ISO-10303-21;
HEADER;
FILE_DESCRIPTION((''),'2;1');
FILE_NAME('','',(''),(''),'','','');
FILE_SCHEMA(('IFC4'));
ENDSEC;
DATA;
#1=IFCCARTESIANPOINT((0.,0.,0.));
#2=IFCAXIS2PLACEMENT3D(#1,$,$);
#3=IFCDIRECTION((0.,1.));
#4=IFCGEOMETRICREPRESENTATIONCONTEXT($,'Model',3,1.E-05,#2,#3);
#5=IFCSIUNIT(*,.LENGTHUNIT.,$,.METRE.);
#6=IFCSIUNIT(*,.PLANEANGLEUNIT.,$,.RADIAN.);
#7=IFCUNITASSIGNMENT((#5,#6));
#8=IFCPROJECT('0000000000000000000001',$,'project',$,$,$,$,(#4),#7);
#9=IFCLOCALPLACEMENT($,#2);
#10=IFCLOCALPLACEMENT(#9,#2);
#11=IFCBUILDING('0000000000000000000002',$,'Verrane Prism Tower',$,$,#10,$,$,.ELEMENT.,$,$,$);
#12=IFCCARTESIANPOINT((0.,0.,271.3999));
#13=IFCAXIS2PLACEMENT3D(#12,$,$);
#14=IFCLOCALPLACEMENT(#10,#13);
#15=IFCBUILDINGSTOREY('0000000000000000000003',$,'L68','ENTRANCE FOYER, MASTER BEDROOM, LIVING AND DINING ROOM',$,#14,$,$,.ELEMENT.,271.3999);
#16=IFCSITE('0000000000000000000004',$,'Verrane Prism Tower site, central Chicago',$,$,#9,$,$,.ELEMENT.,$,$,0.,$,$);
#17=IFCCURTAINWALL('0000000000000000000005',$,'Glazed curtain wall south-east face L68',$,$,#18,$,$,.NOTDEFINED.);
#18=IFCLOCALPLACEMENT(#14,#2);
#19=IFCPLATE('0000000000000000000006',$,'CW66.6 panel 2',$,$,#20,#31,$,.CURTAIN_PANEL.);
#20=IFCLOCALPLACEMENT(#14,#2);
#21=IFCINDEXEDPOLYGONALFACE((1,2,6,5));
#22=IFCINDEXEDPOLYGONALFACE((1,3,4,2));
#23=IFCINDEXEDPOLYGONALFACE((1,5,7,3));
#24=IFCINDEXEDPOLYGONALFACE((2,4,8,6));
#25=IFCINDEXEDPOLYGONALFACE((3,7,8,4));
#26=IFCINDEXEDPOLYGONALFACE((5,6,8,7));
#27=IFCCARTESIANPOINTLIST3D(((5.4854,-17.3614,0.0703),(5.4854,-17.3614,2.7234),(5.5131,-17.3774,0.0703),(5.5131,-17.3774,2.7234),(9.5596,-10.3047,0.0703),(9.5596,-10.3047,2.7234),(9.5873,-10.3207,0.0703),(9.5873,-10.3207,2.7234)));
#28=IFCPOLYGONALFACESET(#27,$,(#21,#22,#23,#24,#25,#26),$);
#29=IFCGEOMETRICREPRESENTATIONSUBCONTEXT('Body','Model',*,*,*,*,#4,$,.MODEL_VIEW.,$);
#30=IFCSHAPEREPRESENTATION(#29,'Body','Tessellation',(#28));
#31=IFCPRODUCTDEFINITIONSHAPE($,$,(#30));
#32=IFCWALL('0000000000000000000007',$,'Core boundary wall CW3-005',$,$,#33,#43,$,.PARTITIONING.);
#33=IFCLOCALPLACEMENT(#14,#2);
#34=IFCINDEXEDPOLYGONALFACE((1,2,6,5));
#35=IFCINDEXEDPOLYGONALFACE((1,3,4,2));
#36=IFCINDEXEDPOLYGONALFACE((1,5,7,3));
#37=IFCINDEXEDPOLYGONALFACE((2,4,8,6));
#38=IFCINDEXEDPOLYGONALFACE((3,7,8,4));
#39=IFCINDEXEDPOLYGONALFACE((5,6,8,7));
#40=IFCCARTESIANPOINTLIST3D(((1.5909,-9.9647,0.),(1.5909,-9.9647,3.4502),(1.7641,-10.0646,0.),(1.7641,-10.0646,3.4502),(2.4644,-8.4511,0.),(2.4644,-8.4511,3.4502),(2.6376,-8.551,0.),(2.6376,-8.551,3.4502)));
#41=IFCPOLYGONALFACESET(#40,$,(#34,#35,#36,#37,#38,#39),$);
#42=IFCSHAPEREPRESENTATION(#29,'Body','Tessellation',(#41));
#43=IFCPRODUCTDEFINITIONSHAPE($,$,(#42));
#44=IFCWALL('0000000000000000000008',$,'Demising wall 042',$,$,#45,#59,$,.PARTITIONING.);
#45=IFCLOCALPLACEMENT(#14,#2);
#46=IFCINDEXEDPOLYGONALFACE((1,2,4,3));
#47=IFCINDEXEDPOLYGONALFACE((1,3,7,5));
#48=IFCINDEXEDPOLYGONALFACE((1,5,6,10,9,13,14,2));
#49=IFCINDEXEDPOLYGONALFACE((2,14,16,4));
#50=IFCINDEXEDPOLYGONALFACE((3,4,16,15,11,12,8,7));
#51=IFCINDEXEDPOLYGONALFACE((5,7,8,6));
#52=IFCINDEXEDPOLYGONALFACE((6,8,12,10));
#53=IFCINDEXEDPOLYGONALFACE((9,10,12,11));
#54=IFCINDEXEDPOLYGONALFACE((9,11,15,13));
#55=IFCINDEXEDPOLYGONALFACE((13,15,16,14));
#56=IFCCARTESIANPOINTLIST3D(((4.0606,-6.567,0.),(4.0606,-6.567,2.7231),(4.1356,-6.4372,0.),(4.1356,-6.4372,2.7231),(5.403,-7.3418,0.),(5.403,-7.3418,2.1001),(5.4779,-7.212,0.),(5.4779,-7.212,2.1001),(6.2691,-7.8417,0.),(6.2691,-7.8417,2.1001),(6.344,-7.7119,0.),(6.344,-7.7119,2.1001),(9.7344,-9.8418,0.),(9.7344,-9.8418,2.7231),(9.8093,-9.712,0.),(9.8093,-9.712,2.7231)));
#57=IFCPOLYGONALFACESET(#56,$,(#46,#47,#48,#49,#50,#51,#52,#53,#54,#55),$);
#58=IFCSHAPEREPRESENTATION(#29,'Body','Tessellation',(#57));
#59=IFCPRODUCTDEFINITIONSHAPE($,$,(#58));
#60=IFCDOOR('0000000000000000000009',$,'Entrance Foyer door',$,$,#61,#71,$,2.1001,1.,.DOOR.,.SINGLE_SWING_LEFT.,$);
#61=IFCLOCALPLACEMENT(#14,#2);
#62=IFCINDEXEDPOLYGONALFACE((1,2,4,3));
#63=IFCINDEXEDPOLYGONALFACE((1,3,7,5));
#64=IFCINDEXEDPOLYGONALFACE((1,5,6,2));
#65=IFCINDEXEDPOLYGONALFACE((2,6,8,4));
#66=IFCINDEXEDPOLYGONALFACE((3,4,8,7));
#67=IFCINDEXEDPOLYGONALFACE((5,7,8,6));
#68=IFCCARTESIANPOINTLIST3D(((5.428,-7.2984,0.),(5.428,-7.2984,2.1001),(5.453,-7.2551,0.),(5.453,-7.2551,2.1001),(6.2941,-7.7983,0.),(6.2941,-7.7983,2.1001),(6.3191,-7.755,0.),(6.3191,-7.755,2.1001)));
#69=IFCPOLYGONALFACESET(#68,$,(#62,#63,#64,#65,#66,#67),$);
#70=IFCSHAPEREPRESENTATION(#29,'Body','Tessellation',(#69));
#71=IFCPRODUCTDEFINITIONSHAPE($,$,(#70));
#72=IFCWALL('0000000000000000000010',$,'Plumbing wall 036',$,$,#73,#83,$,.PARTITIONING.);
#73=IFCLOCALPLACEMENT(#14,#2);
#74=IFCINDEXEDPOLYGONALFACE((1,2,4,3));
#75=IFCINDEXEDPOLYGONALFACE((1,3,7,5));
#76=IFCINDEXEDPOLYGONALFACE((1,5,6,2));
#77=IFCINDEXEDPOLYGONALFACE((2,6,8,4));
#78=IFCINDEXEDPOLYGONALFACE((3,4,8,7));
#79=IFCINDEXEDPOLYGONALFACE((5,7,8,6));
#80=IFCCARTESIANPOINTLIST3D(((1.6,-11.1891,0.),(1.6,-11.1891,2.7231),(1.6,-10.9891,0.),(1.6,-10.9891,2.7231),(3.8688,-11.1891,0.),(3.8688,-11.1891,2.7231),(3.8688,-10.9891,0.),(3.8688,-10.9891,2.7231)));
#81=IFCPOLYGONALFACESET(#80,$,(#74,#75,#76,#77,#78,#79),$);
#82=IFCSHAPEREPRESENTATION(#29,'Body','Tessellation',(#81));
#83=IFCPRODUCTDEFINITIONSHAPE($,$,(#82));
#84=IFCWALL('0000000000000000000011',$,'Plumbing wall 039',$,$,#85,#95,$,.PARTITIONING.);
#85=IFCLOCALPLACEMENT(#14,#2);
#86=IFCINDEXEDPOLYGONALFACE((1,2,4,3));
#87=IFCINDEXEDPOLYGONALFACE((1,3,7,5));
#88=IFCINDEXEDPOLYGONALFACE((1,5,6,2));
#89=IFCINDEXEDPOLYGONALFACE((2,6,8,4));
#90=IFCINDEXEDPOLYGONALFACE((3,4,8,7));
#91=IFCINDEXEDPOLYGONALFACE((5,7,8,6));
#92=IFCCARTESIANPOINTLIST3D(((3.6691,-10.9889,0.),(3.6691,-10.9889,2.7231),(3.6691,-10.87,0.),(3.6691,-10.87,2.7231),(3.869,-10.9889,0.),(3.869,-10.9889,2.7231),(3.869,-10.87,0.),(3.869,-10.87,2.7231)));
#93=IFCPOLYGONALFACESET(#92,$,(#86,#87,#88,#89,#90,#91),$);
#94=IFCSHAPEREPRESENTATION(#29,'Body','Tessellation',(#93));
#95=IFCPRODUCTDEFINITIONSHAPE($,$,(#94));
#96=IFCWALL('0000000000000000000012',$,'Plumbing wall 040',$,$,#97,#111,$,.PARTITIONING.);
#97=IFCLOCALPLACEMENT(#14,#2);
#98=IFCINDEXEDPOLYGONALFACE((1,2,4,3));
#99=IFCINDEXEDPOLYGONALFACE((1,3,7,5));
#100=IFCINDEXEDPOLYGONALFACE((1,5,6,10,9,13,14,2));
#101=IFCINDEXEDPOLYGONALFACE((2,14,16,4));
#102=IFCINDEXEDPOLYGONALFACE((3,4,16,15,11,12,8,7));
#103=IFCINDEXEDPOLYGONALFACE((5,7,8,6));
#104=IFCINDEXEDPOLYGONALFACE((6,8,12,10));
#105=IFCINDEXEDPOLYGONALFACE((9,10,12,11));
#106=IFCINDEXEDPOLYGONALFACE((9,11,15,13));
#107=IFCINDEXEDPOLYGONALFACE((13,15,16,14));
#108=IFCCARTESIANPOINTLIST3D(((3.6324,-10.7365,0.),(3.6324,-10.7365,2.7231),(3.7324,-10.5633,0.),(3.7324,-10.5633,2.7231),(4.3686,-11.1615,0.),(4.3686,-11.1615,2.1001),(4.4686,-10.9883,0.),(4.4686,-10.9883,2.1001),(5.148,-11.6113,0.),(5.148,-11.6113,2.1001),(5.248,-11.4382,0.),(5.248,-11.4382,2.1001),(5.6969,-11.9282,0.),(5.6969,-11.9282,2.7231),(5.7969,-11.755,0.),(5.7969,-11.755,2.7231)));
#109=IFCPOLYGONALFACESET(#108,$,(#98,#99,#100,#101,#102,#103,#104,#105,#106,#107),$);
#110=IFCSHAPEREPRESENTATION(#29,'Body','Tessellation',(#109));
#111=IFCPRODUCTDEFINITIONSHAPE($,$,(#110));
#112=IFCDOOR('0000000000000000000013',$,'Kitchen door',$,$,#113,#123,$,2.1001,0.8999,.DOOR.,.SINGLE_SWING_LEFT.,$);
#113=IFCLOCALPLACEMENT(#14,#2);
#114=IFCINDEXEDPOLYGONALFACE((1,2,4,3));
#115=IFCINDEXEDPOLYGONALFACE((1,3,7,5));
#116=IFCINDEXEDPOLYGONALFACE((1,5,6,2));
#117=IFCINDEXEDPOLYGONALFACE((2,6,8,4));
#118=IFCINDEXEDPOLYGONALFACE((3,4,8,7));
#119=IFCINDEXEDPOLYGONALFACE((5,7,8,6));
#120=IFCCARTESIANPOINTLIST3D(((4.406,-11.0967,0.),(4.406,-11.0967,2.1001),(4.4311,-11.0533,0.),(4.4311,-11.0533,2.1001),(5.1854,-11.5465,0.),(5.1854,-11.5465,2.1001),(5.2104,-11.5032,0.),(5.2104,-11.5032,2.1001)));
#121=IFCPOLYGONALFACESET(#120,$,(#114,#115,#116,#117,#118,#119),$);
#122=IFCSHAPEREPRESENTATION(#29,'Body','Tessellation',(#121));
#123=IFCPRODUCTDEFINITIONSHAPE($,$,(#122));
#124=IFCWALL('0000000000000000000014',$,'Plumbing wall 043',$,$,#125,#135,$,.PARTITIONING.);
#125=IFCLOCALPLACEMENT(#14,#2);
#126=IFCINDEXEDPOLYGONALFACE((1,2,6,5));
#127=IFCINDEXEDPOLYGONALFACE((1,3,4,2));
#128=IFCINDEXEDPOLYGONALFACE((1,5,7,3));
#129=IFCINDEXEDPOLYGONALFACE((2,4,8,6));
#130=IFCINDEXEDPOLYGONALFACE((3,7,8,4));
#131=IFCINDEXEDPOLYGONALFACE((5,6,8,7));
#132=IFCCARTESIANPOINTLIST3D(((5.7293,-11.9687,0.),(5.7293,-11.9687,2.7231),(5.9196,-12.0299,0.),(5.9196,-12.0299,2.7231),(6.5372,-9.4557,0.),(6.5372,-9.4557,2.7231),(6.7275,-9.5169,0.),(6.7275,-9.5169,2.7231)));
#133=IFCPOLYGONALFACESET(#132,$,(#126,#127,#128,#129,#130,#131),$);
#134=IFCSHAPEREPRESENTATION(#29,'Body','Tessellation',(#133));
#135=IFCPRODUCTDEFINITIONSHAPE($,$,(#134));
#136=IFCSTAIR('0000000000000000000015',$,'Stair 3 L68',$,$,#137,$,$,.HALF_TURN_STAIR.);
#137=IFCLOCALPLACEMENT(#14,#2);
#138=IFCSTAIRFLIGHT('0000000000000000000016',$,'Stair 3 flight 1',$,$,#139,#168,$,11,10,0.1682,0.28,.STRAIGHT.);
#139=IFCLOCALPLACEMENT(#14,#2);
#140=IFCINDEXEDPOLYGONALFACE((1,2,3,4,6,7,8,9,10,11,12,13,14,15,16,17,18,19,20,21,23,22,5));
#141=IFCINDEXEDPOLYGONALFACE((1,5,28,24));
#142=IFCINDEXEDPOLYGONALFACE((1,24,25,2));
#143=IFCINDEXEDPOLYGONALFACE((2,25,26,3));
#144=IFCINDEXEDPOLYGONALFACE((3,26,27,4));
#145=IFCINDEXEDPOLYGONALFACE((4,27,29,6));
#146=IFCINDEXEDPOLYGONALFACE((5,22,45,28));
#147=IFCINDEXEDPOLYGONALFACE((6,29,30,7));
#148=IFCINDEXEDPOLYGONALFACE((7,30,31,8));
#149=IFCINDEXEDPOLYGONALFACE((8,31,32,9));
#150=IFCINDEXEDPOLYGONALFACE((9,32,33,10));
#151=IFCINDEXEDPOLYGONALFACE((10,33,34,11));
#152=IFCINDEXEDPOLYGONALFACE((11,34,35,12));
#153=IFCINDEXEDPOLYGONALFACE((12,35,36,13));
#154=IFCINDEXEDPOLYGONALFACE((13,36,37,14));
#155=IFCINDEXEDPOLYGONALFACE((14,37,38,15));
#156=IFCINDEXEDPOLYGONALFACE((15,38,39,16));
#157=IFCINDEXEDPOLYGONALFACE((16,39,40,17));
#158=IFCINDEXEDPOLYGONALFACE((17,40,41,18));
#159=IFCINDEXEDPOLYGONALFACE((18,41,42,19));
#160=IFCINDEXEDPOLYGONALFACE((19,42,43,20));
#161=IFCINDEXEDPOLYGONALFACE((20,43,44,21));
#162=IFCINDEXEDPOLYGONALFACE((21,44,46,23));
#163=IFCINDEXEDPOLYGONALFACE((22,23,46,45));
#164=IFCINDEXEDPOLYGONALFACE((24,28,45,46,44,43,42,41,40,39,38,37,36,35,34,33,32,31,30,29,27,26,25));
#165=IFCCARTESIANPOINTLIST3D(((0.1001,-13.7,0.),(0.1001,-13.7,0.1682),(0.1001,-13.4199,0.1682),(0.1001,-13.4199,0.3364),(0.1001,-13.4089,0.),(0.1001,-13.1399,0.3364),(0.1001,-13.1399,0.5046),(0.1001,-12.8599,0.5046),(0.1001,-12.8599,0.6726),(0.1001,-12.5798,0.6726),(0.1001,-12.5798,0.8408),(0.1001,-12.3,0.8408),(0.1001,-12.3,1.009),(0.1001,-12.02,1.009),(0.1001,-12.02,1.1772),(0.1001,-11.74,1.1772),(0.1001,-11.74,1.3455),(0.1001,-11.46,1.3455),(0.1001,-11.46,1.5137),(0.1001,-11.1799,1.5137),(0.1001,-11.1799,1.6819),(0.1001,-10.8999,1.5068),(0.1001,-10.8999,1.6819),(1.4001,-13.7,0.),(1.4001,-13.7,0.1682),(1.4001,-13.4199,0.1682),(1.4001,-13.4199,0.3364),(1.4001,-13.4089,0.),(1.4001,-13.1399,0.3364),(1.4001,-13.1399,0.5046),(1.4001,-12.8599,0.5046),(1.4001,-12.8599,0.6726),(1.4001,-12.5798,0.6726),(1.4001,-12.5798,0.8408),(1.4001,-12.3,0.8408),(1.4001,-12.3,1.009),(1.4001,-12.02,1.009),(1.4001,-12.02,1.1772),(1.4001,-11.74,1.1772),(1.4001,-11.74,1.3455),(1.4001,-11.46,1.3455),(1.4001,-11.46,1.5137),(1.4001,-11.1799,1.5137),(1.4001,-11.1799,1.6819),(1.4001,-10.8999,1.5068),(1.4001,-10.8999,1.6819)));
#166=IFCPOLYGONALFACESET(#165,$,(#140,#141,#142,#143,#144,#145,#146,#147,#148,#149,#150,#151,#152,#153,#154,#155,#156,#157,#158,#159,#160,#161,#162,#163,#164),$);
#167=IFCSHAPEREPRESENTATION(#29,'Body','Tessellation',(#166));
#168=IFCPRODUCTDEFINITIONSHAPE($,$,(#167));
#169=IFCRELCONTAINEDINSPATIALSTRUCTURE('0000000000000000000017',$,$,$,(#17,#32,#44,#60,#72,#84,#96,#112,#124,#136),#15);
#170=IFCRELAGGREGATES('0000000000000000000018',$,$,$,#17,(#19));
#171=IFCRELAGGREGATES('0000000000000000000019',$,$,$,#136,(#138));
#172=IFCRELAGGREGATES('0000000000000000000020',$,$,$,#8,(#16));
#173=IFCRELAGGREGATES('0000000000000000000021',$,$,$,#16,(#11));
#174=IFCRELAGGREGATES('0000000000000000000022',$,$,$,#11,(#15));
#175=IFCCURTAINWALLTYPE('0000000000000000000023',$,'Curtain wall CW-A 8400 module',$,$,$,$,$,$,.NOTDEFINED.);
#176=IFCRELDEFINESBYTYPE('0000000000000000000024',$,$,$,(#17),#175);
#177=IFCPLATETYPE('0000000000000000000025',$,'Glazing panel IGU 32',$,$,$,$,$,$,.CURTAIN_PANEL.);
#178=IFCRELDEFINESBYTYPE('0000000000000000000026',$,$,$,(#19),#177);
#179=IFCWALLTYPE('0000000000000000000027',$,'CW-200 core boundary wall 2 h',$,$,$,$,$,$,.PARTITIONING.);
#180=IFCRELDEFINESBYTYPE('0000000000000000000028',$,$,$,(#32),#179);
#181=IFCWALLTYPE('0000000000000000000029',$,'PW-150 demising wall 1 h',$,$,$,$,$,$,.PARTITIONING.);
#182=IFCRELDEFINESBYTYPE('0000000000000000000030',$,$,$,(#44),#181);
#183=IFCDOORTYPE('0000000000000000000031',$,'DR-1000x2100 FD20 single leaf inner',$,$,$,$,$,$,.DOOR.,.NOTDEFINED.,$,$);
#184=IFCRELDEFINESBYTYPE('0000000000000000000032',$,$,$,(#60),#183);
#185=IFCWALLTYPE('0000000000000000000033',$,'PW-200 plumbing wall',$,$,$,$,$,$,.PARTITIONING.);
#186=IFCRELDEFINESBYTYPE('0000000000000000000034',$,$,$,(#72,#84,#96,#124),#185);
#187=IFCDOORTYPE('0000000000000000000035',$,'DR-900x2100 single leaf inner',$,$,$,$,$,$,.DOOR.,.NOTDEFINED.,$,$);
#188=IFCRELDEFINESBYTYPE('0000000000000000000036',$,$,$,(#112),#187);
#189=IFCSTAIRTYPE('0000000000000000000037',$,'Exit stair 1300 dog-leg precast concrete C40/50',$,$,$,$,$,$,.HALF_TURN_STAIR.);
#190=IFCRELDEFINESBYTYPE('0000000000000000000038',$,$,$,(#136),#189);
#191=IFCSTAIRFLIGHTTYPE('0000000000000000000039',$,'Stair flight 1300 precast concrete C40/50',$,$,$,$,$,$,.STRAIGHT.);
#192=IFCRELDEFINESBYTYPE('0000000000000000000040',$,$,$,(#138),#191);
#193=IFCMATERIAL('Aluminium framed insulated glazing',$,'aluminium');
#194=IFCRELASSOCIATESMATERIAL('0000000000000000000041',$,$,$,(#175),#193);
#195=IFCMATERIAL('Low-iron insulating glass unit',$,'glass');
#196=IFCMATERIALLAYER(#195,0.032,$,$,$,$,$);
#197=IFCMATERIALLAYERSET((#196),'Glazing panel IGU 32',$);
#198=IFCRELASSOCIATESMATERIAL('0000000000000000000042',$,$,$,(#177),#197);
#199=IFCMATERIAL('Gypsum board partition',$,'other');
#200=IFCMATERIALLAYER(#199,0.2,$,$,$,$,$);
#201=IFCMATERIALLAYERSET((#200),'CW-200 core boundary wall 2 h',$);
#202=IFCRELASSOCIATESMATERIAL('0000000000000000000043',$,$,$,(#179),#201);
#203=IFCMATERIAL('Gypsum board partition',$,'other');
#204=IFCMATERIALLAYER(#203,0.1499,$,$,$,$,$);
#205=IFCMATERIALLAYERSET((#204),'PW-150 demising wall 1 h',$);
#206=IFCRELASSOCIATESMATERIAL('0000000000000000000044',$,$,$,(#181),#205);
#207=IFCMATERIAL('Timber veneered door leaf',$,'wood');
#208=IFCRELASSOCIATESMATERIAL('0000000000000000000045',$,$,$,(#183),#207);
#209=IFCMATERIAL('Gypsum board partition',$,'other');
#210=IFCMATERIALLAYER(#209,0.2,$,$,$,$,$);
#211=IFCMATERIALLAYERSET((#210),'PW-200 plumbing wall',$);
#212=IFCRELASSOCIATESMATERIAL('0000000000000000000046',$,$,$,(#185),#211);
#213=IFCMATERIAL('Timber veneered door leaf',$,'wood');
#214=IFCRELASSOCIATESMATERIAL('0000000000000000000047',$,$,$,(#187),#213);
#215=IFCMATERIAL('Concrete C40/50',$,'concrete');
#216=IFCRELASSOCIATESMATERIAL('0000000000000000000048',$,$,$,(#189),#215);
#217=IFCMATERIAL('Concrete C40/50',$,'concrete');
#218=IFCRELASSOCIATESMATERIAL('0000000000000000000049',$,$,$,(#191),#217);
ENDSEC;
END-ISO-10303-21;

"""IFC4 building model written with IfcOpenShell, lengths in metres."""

from ifc_helpers import new_model, si_unit, direction, frame, frame_2d, origin, origin_2d, place, context, subcontext, project, spatial, polyline, rectangle, outline, extrude, material, layer, layer_set, type_object, element, fill, aggregate, save


model = new_model("IFC4")

# Units and contexts
model_context = context("Model", 3, precision=1e-05, world=origin(), true_north=direction((0.0, 1.0)))
body_context = subcontext(model_context, "Body", "Model", "MODEL_VIEW")
ifc_project = project(units=[si_unit("LENGTHUNIT", "METRE"), si_unit("PLANEANGLEUNIT", "RADIAN")], contexts=[model_context])

# Site, building, storey
site_placement = place(None, origin())
site = spatial("IfcSite", under=ifc_project, at=site_placement, Name="Verrane Prism Tower site, central Chicago", CompositionType="ELEMENT", RefElevation=0.0)
building_placement = place(site_placement, origin())
building = spatial("IfcBuilding", under=site, at=building_placement, Name="Verrane Prism Tower", CompositionType="ELEMENT")
storey_placement = place(building_placement, frame((0.0, 0.0, 271.3999)))
storey = spatial("IfcBuildingStorey", under=building, at=storey_placement, Name="L68", Description="ENTRANCE FOYER, MASTER BEDROOM, LIVING AND DINING ROOM", CompositionType="ELEMENT", Elevation=271.3999)

# Curtain wall
ifc_material_1 = material(Name="Aluminium framed insulated glazing", Category="aluminium")
curtain_wall_type = type_object("IfcCurtainWallType", Name="Curtain wall CW-A 8400 module", PredefinedType="NOTDEFINED", material=ifc_material_1)
curtain_wall_placement = place(storey_placement, origin())
curtain_wall = element("IfcCurtainWall", 1, at=curtain_wall_placement, inside=storey, type_object=curtain_wall_type, Name="Glazed curtain wall south-east face L68", PredefinedType="NOTDEFINED")

# Plate
ifc_material_2 = material(Name="Low-iron insulating glass unit", Category="glass")
ifc_layer_1 = layer(ifc_material_2, 0.032)
ifc_layer_set_1 = layer_set([ifc_layer_1], Name="Glazing panel IGU 32")
plate_type = type_object("IfcPlateType", Name="Glazing panel IGU 32", PredefinedType="CURTAIN_PANEL", material=ifc_layer_set_1)
plate_placement = place(storey_placement, frame((7.5364, -13.8411, 0.0703), z_axis=(0.0, 0.0, 1.0), x_axis=(0.500001, 0.866025, 0.0)))
plate = element("IfcPlate", 2, at=plate_placement, type_object=plate_type, Name="CW66.6 panel 2", PredefinedType="CURTAIN_PANEL", context=body_context, shape_type="SweptSolid", body=[
    extrude(rectangle(XDim=8.1484, YDim=0.032, at=origin_2d()), origin(), (0.0, 0.0, 1.0), 2.6531),
])
aggregate(curtain_wall, [plate])

# Wall
ifc_material_3 = material(Name="Gypsum board partition", Category="other")
ifc_layer_2 = layer(ifc_material_3, 0.2)
ifc_layer_set_2 = layer_set([ifc_layer_2], Name="CW-200 core boundary wall 2 h")
wall_type_1 = type_object("IfcWallType", Name="CW-200 core boundary wall 2 h", PredefinedType="PARTITIONING", material=ifc_layer_set_2)
wall_1_placement = place(storey_placement, frame((1.6775, -10.0146, 0.0), z_axis=(0.0, 0.0, 1.0), x_axis=(0.499835, 0.86612, 0.0)))
element("IfcWall", 3, at=wall_1_placement, inside=storey, type_object=wall_type_1, Name="Core boundary wall CW3-005", PredefinedType="PARTITIONING", context=body_context, shape_type="SweptSolid", body=[
    extrude(rectangle(XDim=1.7476, YDim=0.2, at=frame_2d((0.8738, 0.0))), origin(), (0.0, 0.0, 1.0), 3.4502),
])

# Wall, opening, door
ifc_material_4 = material(Name="Gypsum board partition", Category="other")
ifc_layer_3 = layer(ifc_material_4, 0.1499)
ifc_layer_set_3 = layer_set([ifc_layer_3], Name="PW-150 demising wall 1 h")
wall_type_2 = type_object("IfcWallType", Name="PW-150 demising wall 1 h", PredefinedType="PARTITIONING", material=ifc_layer_set_3)
wall_2_placement = place(storey_placement, frame((9.7717, -9.7769, 0.0), z_axis=(0.0, 0.0, 1.0), x_axis=(-0.866084, 0.499899, 0.0)))
wall_2 = element("IfcWall", 4, at=wall_2_placement, inside=storey, type_object=wall_type_2, Name="Demising wall 042", PredefinedType="PARTITIONING", context=body_context, shape_type="SweptSolid", body=[
    extrude(rectangle(XDim=6.551, YDim=0.1499, at=frame_2d((3.2754, 0.0))), origin(), (0.0, 0.0, 1.0), 2.7231),
])
opening_1_placement = place(wall_2_placement, frame((4.001, 0.0, 0.0)))
opening_1 = element("IfcOpeningElement", 5, at=opening_1_placement, cuts=wall_2, PredefinedType="OPENING", context=body_context, shape_type="SweptSolid", body=[
    extrude(rectangle(XDim=1.0, YDim=2.1001, at=frame_2d((0.5, 1.05))), frame((0.0, 0.085, 0.0), z_axis=(0.0, -1.0, 0.0), x_axis=(1.0, 0.0, 0.0)), (0.0, 0.0, 1.0), 0.1699),
])
ifc_material_5 = material(Name="Timber veneered door leaf", Category="wood")
door_type_1 = type_object("IfcDoorType", Name="DR-1000x2100 FD20 single leaf inner", OperationType="NOTDEFINED", PredefinedType="DOOR", material=ifc_material_5)
door_1_placement = place(opening_1_placement, origin())
door_1 = element("IfcDoor", 6, at=door_1_placement, inside=storey, type_object=door_type_1, Name="Entrance Foyer door", OperationType="SINGLE_SWING_LEFT", OverallHeight=2.1001, OverallWidth=1.0, PredefinedType="DOOR", context=body_context, shape_type="SweptSolid", body=[
    extrude(rectangle(XDim=1.0, YDim=2.1001, at=frame_2d((0.5, 1.05))), frame((0.0, 0.0249, 0.0), z_axis=(0.0, -1.0, 0.0), x_axis=(1.0, 0.0, 0.0)), (0.0, 0.0, 1.0), 0.05),
])
fill(opening_1, door_1)

# Walls
ifc_material_6 = material(Name="Gypsum board partition", Category="other")
ifc_layer_4 = layer(ifc_material_6, 0.2)
ifc_layer_set_4 = layer_set([ifc_layer_4], Name="PW-200 plumbing wall")
wall_type_3 = type_object("IfcWallType", Name="PW-200 plumbing wall", PredefinedType="PARTITIONING", material=ifc_layer_set_4)
wall_3_placement = place(storey_placement, frame((1.6001, -11.0891, 0.0), z_axis=(0.0, 0.0, 1.0), x_axis=(1.0, 0.0, 0.0)))
element("IfcWall", 7, at=wall_3_placement, inside=storey, type_object=wall_type_3, Name="Plumbing wall 036", PredefinedType="PARTITIONING", context=body_context, shape_type="SweptSolid", body=[
    extrude(rectangle(XDim=2.2688, YDim=0.2, at=frame_2d((1.1343, 0.0))), origin(), (0.0, 0.0, 1.0), 2.7231),
])
wall_4_placement = place(storey_placement, frame((3.769, -10.989, 0.0), z_axis=(0.0, 0.0, 1.0), x_axis=(0.0, 1.0, 0.0)))
element("IfcWall", 8, at=wall_4_placement, inside=storey, type_object=wall_type_3, Name="Plumbing wall 039", PredefinedType="PARTITIONING", context=body_context, shape_type="SweptSolid", body=[
    extrude(rectangle(XDim=0.1189, YDim=0.2, at=frame_2d((0.0596, 0.0))), origin(), (0.0, 0.0, 1.0), 2.7231),
])

# Wall, opening, door
wall_5_placement = place(storey_placement, frame((3.6824, -10.6499, 0.0), z_axis=(0.0, 0.0, 1.0), x_axis=(0.866073, -0.499918, 0.0)))
wall_5 = element("IfcWall", 9, at=wall_5_placement, inside=storey, type_object=wall_type_3, Name="Plumbing wall 040", PredefinedType="PARTITIONING", context=body_context, shape_type="SweptSolid", body=[
    extrude(rectangle(XDim=2.3838, YDim=0.2, at=frame_2d((1.1919, 0.0))), origin(), (0.0, 0.0, 1.0), 2.7231),
])
opening_2_placement = place(wall_5_placement, frame((0.8501, 0.0, 0.0)))
opening_2 = element("IfcOpeningElement", 10, at=opening_2_placement, cuts=wall_5, PredefinedType="OPENING", context=body_context, shape_type="SweptSolid", body=[
    extrude(rectangle(XDim=0.8999, YDim=2.1001, at=frame_2d((0.45, 1.05))), frame((0.0, 0.1099, 0.0), z_axis=(0.0, -1.0, 0.0), x_axis=(1.0, 0.0, 0.0)), (0.0, 0.0, 1.0), 0.22),
])
ifc_material_7 = material(Name="Timber veneered door leaf", Category="wood")
door_type_2 = type_object("IfcDoorType", Name="DR-900x2100 single leaf inner", OperationType="NOTDEFINED", PredefinedType="DOOR", material=ifc_material_7)
door_2_placement = place(opening_2_placement, origin())
door_2 = element("IfcDoor", 11, at=door_2_placement, inside=storey, type_object=door_type_2, Name="Kitchen door", OperationType="SINGLE_SWING_LEFT", OverallHeight=2.1001, OverallWidth=0.8999, PredefinedType="DOOR", context=body_context, shape_type="SweptSolid", body=[
    extrude(rectangle(XDim=0.8999, YDim=2.1001, at=frame_2d((0.45, 1.05))), frame((0.0, 0.0249, 0.0), z_axis=(0.0, -1.0, 0.0), x_axis=(1.0, 0.0, 0.0)), (0.0, 0.0, 1.0), 0.05),
])
fill(opening_2, door_2)

# Wall
wall_6_placement = place(storey_placement, frame((5.8245, -11.9993, 0.0), z_axis=(0.0, 0.0, 1.0), x_axis=(0.306054, 0.952014, 0.0)))
element("IfcWall", 12, at=wall_6_placement, inside=storey, type_object=wall_type_3, Name="Plumbing wall 043", PredefinedType="PARTITIONING", context=body_context, shape_type="SweptSolid", body=[
    extrude(rectangle(XDim=2.6396, YDim=0.2, at=frame_2d((1.3198, 0.0))), origin(), (0.0, 0.0, 1.0), 2.7231),
])

# Stair, stair flight
ifc_material_8 = material(Name="Concrete C40/50", Category="concrete")
stair_type = type_object("IfcStairType", Name="Exit stair 1300 dog-leg precast concrete C40/50", PredefinedType="HALF_TURN_STAIR", material=ifc_material_8)
stair_placement = place(storey_placement, origin())
stair = element("IfcStair", 13, at=stair_placement, inside=storey, type_object=stair_type, Name="Stair 3 L68", PredefinedType="HALF_TURN_STAIR")
ifc_material_9 = material(Name="Concrete C40/50", Category="concrete")
stair_flight_type = type_object("IfcStairFlightType", Name="Stair flight 1300 precast concrete C40/50", PredefinedType="STRAIGHT", material=ifc_material_9)
stair_flight_placement = place(storey_placement, frame((0.75, -13.7, 0.0), z_axis=(0.0, 0.0, 1.0), x_axis=(0.0, 1.0, 0.0)))
stair_flight = element("IfcStairFlight", 14, at=stair_flight_placement, type_object=stair_flight_type, Name="Stair 3 flight 1", NumberOfRisers=11, NumberOfTreads=10, PredefinedType="STRAIGHT", RiserHeight=0.1682, TreadLength=0.28, context=body_context, shape_type="SweptSolid", body=[
    extrude(outline(polyline([(0.0, 0.0), (0.0, 0.1682), (0.28, 0.1682), (0.28, 0.3364), (0.5601, 0.3364), (0.5601, 0.5046), (0.8401, 0.5046), (0.8401, 0.6726), (1.1201, 0.6726), (1.1201, 0.8408), (1.3999, 0.8408), (1.3999, 1.009), (1.6799, 1.009), (1.6799, 1.1772), (1.96, 1.1772), (1.96, 1.3455), (2.24, 1.3455), (2.24, 1.5137), (2.52, 1.5137), (2.52, 1.6819), (2.8, 1.6819), (2.8, 1.8501), (2.8, 1.5068), (0.291, 0.0), (0.0, 0.0)])), frame((0.0, 0.6499, 0.0), z_axis=(0.0, -1.0, 0.0), x_axis=(1.0, 0.0, 0.0)), (0.0, 0.0, 1.0), 1.3),
])
aggregate(stair, [stair_flight])

save(model, "model.ifc")
